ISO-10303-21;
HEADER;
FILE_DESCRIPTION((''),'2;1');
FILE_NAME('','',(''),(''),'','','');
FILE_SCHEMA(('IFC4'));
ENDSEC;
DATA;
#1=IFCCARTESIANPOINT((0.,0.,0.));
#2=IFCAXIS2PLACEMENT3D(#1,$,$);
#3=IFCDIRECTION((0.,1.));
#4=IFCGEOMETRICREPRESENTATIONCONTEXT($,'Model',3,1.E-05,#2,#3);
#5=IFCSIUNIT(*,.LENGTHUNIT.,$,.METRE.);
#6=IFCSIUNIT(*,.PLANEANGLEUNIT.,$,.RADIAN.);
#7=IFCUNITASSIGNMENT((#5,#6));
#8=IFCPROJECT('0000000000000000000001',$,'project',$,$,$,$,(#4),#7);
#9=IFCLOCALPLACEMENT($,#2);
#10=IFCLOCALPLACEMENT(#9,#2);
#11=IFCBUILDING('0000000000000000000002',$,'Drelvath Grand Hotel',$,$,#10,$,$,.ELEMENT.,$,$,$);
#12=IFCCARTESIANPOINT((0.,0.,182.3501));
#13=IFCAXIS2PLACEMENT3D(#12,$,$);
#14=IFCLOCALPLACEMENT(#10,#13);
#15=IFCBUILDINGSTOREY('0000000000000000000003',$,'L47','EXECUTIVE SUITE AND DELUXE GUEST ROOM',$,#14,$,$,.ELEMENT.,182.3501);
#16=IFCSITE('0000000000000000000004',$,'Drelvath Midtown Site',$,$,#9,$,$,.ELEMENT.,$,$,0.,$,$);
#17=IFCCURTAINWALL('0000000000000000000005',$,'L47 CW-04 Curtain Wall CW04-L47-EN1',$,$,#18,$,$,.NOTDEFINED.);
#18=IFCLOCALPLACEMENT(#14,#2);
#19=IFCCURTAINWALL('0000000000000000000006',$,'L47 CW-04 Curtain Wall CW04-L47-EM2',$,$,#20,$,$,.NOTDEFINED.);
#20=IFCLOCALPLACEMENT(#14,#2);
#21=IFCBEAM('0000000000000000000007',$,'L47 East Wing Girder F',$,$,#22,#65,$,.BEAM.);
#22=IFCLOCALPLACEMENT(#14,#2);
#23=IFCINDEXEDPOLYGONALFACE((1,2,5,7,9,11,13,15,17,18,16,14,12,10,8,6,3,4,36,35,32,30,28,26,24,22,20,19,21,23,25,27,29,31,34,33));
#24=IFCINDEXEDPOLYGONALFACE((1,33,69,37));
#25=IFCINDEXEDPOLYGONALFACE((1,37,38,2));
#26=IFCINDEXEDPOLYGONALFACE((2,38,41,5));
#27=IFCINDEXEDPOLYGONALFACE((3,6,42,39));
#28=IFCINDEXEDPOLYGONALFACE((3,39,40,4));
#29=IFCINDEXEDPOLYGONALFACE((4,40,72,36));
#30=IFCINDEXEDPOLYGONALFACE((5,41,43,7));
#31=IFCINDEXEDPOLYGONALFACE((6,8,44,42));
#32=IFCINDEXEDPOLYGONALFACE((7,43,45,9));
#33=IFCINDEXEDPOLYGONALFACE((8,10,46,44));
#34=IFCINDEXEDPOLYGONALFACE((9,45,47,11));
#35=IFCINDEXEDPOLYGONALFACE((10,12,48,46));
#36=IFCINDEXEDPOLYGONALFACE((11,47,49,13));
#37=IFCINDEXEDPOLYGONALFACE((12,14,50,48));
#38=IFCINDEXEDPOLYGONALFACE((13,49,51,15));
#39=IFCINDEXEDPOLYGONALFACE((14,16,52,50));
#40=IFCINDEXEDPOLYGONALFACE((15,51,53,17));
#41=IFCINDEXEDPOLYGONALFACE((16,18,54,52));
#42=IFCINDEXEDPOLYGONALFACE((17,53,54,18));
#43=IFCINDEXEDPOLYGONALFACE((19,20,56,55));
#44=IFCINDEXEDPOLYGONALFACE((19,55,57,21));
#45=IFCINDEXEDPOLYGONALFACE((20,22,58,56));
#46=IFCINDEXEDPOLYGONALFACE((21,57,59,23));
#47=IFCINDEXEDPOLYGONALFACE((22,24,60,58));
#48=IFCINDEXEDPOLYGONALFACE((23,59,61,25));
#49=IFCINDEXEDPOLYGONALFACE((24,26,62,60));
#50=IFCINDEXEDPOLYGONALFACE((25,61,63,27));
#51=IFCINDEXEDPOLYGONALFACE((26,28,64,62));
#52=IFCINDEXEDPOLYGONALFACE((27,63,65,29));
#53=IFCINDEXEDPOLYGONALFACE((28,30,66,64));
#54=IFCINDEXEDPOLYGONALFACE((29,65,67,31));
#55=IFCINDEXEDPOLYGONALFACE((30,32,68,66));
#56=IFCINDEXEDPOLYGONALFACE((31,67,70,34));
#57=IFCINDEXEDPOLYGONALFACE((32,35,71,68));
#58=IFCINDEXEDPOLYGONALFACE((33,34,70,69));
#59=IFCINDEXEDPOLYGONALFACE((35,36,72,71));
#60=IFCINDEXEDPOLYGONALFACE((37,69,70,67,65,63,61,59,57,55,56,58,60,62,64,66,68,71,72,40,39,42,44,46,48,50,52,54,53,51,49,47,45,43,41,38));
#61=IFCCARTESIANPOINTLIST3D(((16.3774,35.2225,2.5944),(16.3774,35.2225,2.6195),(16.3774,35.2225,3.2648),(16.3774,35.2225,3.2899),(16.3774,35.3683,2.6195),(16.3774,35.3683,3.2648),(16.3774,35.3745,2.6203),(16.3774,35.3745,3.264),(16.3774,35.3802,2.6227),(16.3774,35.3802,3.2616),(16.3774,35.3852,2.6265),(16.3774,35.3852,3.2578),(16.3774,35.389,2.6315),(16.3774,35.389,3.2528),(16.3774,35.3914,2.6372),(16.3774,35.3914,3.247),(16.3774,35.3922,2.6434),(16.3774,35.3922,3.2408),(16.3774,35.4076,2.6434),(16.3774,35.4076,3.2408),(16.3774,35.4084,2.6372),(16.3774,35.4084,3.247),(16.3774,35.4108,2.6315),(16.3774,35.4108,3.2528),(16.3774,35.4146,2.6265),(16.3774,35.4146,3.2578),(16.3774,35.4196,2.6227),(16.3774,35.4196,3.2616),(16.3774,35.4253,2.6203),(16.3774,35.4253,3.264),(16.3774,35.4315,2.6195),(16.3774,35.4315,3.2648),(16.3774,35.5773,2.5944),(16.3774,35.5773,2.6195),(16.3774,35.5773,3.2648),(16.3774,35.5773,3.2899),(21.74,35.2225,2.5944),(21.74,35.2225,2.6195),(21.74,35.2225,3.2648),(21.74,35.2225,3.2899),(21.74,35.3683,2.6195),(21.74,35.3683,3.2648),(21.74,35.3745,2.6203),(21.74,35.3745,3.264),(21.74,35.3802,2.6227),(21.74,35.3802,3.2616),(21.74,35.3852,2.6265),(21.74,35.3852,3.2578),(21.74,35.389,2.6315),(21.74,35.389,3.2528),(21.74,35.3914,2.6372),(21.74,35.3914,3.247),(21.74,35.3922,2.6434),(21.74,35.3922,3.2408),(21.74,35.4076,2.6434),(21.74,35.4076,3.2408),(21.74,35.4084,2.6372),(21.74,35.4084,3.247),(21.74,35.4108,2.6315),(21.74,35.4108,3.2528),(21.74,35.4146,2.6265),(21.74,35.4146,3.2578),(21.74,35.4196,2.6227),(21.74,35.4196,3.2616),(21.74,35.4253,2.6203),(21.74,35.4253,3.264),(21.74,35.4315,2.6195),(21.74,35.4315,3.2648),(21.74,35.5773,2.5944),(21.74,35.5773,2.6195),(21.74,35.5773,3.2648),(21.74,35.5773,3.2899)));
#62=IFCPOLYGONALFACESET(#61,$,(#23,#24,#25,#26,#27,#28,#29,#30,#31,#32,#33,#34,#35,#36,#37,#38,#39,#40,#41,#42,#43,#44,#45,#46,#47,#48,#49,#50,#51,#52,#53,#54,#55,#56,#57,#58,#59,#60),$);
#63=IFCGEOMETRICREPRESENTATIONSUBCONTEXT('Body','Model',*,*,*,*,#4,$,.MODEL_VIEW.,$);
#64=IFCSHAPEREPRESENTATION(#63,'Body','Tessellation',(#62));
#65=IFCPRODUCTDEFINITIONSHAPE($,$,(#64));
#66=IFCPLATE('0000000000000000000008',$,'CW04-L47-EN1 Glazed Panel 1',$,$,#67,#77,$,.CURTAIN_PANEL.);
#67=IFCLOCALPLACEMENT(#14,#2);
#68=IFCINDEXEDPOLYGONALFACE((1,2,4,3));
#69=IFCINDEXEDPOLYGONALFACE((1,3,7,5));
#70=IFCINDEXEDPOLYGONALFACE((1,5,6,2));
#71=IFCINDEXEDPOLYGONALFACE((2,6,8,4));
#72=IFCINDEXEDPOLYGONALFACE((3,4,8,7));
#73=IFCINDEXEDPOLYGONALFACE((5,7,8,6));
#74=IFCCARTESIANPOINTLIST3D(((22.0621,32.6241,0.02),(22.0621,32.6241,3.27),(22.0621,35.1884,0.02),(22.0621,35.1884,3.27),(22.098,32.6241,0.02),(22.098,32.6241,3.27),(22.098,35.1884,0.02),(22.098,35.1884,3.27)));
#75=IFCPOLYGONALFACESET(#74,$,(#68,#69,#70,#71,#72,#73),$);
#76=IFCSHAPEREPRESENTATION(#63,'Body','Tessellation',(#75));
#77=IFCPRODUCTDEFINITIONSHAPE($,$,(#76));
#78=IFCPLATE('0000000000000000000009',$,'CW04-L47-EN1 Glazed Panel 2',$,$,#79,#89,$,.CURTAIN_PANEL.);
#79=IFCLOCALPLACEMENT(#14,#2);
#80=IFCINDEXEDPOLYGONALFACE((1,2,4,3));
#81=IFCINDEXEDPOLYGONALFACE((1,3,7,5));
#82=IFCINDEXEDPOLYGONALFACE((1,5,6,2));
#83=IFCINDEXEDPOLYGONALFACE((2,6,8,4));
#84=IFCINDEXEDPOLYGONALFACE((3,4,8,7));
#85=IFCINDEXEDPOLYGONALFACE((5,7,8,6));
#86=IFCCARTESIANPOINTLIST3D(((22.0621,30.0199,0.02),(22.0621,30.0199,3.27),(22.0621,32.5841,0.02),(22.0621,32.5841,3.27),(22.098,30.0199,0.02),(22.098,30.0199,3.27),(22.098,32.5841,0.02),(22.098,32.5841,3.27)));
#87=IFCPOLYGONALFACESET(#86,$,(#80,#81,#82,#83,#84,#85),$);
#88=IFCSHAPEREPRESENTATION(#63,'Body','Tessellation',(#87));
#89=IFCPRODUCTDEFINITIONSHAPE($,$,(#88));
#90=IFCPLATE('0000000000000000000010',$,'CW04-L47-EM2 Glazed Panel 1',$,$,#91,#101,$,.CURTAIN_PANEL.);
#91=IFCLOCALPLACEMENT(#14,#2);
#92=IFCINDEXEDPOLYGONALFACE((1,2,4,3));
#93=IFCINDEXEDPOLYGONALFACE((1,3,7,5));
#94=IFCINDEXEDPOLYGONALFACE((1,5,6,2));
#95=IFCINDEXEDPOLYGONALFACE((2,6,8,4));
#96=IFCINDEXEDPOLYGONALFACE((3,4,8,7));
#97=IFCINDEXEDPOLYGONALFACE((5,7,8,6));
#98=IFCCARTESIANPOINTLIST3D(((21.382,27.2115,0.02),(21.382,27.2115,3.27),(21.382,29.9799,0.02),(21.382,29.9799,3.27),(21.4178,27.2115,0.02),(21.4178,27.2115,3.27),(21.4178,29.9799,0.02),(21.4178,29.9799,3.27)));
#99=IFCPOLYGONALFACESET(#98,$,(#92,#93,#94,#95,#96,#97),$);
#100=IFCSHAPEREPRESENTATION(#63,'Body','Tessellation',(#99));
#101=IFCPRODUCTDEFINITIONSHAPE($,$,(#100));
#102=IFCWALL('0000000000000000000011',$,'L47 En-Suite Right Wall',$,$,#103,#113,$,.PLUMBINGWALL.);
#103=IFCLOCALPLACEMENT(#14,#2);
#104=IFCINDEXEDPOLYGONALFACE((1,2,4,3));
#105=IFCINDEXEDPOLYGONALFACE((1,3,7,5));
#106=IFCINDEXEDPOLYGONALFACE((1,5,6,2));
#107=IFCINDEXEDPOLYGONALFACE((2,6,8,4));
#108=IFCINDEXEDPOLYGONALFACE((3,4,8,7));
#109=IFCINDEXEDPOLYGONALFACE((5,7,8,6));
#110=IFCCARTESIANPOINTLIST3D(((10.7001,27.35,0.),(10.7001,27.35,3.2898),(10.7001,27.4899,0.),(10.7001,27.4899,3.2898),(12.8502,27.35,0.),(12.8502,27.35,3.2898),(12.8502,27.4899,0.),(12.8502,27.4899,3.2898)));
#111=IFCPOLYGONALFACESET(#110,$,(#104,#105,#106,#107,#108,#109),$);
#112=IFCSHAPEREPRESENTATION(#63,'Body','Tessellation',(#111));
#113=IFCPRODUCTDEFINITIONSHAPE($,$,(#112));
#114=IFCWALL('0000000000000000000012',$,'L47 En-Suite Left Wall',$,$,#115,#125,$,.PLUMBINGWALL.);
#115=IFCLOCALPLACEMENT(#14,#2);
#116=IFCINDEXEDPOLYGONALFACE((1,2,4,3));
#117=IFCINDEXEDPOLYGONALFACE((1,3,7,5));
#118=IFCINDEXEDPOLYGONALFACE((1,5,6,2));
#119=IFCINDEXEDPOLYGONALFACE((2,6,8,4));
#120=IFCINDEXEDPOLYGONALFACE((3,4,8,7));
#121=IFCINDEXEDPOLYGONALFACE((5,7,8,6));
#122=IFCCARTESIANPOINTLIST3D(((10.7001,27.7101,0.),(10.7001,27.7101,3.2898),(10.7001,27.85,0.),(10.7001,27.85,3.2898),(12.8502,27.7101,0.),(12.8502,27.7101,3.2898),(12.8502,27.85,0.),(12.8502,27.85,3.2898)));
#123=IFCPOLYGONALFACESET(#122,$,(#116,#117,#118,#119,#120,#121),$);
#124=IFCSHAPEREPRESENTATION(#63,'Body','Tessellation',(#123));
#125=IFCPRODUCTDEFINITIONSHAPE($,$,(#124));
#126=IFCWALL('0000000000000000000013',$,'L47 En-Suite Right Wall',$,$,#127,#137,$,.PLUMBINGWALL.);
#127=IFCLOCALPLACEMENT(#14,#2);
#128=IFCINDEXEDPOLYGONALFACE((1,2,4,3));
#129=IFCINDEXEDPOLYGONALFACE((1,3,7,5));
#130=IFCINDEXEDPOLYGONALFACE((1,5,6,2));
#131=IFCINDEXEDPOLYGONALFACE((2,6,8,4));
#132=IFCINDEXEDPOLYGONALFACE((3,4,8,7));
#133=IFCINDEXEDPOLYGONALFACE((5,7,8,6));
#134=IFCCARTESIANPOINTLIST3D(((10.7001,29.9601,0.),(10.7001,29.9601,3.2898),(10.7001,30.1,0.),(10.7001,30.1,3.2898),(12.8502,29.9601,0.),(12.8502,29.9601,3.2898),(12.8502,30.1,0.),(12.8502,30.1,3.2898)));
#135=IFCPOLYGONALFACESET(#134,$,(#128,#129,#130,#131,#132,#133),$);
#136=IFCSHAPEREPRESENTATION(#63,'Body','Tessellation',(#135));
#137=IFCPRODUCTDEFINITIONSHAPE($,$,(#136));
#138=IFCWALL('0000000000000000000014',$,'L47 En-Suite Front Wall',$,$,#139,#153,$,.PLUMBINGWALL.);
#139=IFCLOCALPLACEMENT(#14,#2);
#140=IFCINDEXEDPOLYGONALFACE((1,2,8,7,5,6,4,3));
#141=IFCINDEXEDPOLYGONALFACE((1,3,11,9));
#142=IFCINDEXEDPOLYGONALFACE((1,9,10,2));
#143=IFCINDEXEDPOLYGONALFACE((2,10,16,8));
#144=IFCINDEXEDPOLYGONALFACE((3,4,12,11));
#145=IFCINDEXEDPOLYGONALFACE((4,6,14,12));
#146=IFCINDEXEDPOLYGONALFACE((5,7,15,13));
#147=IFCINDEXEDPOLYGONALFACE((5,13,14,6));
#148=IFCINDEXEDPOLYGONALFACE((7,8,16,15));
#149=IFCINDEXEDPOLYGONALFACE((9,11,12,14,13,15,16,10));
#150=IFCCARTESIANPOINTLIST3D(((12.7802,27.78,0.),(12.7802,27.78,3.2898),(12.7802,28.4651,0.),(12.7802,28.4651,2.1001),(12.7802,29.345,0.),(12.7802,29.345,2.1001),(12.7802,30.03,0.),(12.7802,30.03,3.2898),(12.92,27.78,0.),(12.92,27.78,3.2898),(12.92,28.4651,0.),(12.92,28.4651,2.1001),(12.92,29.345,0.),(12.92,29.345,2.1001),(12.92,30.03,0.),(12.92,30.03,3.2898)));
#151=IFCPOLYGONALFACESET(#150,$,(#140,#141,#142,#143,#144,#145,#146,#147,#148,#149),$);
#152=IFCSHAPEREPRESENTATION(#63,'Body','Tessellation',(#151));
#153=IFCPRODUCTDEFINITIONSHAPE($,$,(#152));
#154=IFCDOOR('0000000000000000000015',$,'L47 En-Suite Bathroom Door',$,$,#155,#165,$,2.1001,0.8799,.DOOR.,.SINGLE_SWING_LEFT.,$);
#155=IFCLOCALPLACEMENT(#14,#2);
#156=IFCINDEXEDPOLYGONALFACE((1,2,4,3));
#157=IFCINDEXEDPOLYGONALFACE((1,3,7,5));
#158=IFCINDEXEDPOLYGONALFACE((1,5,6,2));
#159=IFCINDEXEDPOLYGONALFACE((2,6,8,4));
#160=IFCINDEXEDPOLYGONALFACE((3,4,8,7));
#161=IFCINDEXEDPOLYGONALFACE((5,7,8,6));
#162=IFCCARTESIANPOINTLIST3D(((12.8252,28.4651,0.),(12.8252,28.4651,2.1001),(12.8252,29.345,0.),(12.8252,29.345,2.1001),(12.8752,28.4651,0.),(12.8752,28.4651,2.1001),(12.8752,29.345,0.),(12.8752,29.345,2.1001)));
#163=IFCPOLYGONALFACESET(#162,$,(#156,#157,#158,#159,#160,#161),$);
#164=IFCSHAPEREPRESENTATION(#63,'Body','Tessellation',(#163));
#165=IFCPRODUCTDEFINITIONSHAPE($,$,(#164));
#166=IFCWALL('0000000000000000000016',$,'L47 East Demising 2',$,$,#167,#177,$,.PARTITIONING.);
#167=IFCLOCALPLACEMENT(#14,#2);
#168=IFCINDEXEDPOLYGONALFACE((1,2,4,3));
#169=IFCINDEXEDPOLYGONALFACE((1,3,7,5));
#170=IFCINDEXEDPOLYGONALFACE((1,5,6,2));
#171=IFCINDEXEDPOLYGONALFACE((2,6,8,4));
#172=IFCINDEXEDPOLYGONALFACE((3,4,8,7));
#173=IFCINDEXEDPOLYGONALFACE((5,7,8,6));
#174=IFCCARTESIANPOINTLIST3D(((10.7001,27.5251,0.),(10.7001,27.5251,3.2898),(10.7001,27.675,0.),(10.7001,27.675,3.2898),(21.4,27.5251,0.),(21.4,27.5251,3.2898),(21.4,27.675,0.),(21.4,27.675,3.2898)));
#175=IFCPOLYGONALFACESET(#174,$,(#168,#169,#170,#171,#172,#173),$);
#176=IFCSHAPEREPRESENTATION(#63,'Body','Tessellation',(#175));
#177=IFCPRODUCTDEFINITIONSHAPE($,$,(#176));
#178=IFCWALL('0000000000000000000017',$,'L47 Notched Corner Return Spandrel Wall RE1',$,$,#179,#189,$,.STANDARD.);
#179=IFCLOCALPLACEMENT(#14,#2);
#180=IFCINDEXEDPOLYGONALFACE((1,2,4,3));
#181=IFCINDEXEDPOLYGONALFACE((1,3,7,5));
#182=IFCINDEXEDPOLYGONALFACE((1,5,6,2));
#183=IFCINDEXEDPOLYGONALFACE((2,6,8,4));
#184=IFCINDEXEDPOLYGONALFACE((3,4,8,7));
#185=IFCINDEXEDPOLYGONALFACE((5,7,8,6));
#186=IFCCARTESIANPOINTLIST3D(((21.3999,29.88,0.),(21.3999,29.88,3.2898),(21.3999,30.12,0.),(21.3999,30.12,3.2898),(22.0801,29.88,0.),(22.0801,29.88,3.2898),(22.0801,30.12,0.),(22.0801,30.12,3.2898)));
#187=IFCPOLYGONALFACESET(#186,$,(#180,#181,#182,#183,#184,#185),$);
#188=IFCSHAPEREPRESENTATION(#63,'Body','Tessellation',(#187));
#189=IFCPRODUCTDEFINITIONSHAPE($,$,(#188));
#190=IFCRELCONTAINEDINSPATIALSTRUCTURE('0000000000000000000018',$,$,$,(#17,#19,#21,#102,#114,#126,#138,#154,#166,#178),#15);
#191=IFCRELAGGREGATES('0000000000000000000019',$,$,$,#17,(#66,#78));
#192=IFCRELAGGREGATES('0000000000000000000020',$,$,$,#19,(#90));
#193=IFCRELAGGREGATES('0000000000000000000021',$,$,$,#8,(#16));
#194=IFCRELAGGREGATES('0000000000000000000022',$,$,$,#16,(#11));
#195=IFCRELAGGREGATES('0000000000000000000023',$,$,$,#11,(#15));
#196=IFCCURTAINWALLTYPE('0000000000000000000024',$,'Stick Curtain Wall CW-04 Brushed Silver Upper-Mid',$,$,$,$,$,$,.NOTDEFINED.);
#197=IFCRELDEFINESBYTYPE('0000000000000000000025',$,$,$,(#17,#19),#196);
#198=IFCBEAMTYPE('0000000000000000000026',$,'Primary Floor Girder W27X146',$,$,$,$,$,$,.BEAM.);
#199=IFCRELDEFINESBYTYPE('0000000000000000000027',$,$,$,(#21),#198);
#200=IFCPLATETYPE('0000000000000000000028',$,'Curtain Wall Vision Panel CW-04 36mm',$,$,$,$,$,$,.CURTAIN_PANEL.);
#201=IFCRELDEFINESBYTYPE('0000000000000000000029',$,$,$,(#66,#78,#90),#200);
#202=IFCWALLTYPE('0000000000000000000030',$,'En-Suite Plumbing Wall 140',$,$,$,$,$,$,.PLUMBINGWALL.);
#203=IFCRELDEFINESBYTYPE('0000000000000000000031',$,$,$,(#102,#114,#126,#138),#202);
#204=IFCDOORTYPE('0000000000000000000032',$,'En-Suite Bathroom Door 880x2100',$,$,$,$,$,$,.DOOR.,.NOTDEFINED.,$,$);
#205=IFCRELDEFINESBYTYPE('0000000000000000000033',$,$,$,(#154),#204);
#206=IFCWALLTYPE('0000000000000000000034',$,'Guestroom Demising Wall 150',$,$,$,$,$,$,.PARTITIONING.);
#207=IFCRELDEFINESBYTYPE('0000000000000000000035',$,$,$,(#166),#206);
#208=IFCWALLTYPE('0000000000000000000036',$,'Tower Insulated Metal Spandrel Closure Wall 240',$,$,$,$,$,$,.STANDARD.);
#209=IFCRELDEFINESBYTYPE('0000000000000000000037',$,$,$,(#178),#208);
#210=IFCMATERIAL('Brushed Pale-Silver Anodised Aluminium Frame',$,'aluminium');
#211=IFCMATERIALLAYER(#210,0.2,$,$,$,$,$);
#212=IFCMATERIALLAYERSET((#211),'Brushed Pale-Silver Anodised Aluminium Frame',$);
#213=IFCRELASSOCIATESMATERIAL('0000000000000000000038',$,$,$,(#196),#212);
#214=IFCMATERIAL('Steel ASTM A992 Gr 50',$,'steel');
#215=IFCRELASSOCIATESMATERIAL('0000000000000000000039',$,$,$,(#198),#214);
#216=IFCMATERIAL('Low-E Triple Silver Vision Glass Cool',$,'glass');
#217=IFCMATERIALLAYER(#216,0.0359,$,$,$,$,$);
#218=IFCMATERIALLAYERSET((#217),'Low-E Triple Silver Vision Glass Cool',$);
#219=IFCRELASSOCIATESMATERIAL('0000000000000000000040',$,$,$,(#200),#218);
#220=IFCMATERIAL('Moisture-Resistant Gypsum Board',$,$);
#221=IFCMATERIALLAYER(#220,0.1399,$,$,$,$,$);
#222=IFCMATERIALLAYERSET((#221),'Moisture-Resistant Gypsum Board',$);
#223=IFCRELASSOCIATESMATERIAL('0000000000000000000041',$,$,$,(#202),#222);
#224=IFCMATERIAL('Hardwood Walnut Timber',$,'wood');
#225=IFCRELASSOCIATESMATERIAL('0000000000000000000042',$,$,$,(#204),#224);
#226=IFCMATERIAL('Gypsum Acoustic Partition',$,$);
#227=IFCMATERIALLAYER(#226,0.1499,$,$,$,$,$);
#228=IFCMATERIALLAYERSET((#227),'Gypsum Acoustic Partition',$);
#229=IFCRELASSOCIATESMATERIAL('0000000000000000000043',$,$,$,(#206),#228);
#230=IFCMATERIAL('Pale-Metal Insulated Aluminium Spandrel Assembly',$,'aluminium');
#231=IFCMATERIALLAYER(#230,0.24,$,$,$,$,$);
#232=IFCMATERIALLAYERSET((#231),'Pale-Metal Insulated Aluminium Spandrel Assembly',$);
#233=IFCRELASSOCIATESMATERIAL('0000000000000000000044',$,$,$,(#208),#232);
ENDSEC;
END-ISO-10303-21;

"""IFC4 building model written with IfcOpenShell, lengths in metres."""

from ifc_helpers import new_model, si_unit, direction, frame, frame_2d, origin, origin_2d, place, context, subcontext, project, spatial, rectangle, i_section, extrude, material, layer, layer_set, material_profile, profile_set, type_object, element, fill, aggregate, save


model = new_model("IFC4")

# Units and contexts
model_context = context("Model", 3, precision=1e-05, world=origin(), true_north=direction((0.0, 1.0)))
body_context = subcontext(model_context, "Body", "Model", "MODEL_VIEW")
ifc_project = project(units=[si_unit("LENGTHUNIT", "METRE"), si_unit("PLANEANGLEUNIT", "RADIAN")], contexts=[model_context])

# Site, building, storey
site_placement = place(None, origin())
site = spatial("IfcSite", under=ifc_project, at=site_placement, Name="Drelvath Midtown Site", CompositionType="ELEMENT", RefElevation=0.0)
building_placement = place(site_placement, origin())
building = spatial("IfcBuilding", under=site, at=building_placement, Name="Drelvath Grand Hotel", CompositionType="ELEMENT")
storey_placement = place(building_placement, frame((0.0, 0.0, 182.3501)))
storey = spatial("IfcBuildingStorey", under=building, at=storey_placement, Name="L47", Description="EXECUTIVE SUITE AND DELUXE GUEST ROOM", CompositionType="ELEMENT", Elevation=182.3501)

# Curtain walls
ifc_material_1 = material(Name="Brushed Pale-Silver Anodised Aluminium Frame", Category="aluminium")
ifc_layer_1 = layer(ifc_material_1, 0.2)
ifc_layer_set_1 = layer_set([ifc_layer_1], Name="Brushed Pale-Silver Anodised Aluminium Frame")
curtain_wall_type = type_object("IfcCurtainWallType", Name="Stick Curtain Wall CW-04 Brushed Silver Upper-Mid", PredefinedType="NOTDEFINED", material=ifc_layer_set_1)
curtain_wall_1_placement = place(storey_placement, origin())
curtain_wall_1 = element("IfcCurtainWall", 1, at=curtain_wall_1_placement, inside=storey, type_object=curtain_wall_type, Name="L47 CW-04 Curtain Wall CW04-L47-EN1", PredefinedType="NOTDEFINED")
curtain_wall_2_placement = place(storey_placement, origin())
curtain_wall_2 = element("IfcCurtainWall", 2, at=curtain_wall_2_placement, inside=storey, type_object=curtain_wall_type, Name="L47 CW-04 Curtain Wall CW04-L47-EM2", PredefinedType="NOTDEFINED")

# Beam
ifc_material_2 = material(Name="Steel ASTM A992 Gr 50", Category="steel")
ifc_material_profile_1 = material_profile(ifc_material_2, i_section(OverallWidth=0.3547, OverallDepth=0.6956, WebThickness=0.0154, FlangeThickness=0.0251, FilletRadius=0.0239, at=origin_2d()), Name="W27X146")
ifc_profile_set_1 = profile_set([ifc_material_profile_1], Name="Steel ASTM A992 Gr 50")
beam_type_1 = type_object("IfcBeamType", Name="Primary Floor Girder W27X146", PredefinedType="BEAM", material=ifc_profile_set_1)
beam_1_placement = place(storey_placement, frame((16.3774, 35.3999, 2.9421), z_axis=(1.0, 0.0, 0.0), x_axis=(0.0, 1.0, 0.0)))
element("IfcBeam", 3, at=beam_1_placement, inside=storey, type_object=beam_type_1, Name="L47 East Wing Girder F", PredefinedType="BEAM", context=body_context, shape_type="SweptSolid", body=[
    extrude(i_section(OverallWidth=0.3547, OverallDepth=0.6956, WebThickness=0.0154, FlangeThickness=0.0251, FilletRadius=0.0239, at=origin_2d()), origin(), (0.0, 0.0, 1.0), 5.3625),
])

# Plates
ifc_material_3 = material(Name="Low-E Triple Silver Vision Glass Cool", Category="glass")
ifc_layer_2 = layer(ifc_material_3, 0.0359)
ifc_layer_set_2 = layer_set([ifc_layer_2], Name="Low-E Triple Silver Vision Glass Cool")
plate_type = type_object("IfcPlateType", Name="Curtain Wall Vision Panel CW-04 36mm", PredefinedType="CURTAIN_PANEL", material=ifc_layer_set_2)
plate_1_placement = place(storey_placement, frame((22.0801, 33.9062, 0.02), z_axis=(0.0, 0.0, 1.0), x_axis=(0.0, -1.0, 0.0)))
plate_1 = element("IfcPlate", 4, at=plate_1_placement, type_object=plate_type, Name="CW04-L47-EN1 Glazed Panel 1", PredefinedType="CURTAIN_PANEL", context=body_context, shape_type="SweptSolid", body=[
    extrude(rectangle(XDim=2.5642, YDim=0.0359, at=origin_2d()), origin(), (0.0, 0.0, 1.0), 3.25),
])
plate_2_placement = place(storey_placement, frame((22.0801, 31.302, 0.02), z_axis=(0.0, 0.0, 1.0), x_axis=(0.0, -1.0, 0.0)))
plate_2 = element("IfcPlate", 5, at=plate_2_placement, type_object=plate_type, Name="CW04-L47-EN1 Glazed Panel 2", PredefinedType="CURTAIN_PANEL", context=body_context, shape_type="SweptSolid", body=[
    extrude(rectangle(XDim=2.5642, YDim=0.0359, at=origin_2d()), origin(), (0.0, 0.0, 1.0), 3.25),
])
aggregate(curtain_wall_1, [plate_1, plate_2])
plate_3_placement = place(storey_placement, frame((21.3999, 28.5957, 0.02), z_axis=(0.0, 0.0, 1.0), x_axis=(0.0, -1.0, 0.0)))
plate_3 = element("IfcPlate", 6, at=plate_3_placement, type_object=plate_type, Name="CW04-L47-EM2 Glazed Panel 1", PredefinedType="CURTAIN_PANEL", context=body_context, shape_type="SweptSolid", body=[
    extrude(rectangle(XDim=2.7683, YDim=0.0359, at=origin_2d()), origin(), (0.0, 0.0, 1.0), 3.25),
])
aggregate(curtain_wall_2, [plate_3])

# Walls
ifc_material_4 = material(Name="Moisture-Resistant Gypsum Board")
ifc_layer_3 = layer(ifc_material_4, 0.1399)
ifc_layer_set_3 = layer_set([ifc_layer_3], Name="Moisture-Resistant Gypsum Board")
wall_type_1 = type_object("IfcWallType", Name="En-Suite Plumbing Wall 140", PredefinedType="PLUMBINGWALL", material=ifc_layer_set_3)
for number, where, z_axis, x_axis, name in (
    (7, (10.7, 27.4199, 0.0), (0.0, 0.0, 1.0), (1.0, 0.0, 0.0), "L47 En-Suite Right Wall"),
    (8, (10.7, 27.78, 0.0), (0.0, 0.0, 1.0), (1.0, 0.0, 0.0), "L47 En-Suite Left Wall"),
    (9, (10.7, 30.03, 0.0), (0.0, 0.0, 1.0), (1.0, 0.0, 0.0), "L47 En-Suite Right Wall"),
):
    element("IfcWall", number, at=place(storey_placement, frame(where, z_axis=z_axis, x_axis=x_axis)), inside=storey, type_object=wall_type_1, Name=name, PredefinedType="PLUMBINGWALL", context=body_context, shape_type="SweptSolid", body=[
        extrude(rectangle(XDim=2.1501, YDim=0.1399, at=frame_2d((1.0752, 0.0))), origin(), (0.0, 0.0, 1.0), 3.2898),
    ])

# Wall, opening, door
wall_1_placement = place(storey_placement, frame((12.8501, 27.78, 0.0), z_axis=(0.0, 0.0, 1.0), x_axis=(0.0, 1.0, 0.0)))
wall_1 = element("IfcWall", 10, at=wall_1_placement, inside=storey, type_object=wall_type_1, Name="L47 En-Suite Front Wall", PredefinedType="PLUMBINGWALL", context=body_context, shape_type="SweptSolid", body=[
    extrude(rectangle(XDim=2.25, YDim=0.1399, at=frame_2d((1.125, 0.0))), origin(), (0.0, 0.0, 1.0), 3.2898),
])
opening_placement = place(wall_1_placement, frame((0.6851, 0.0, 0.0)))
opening = element("IfcOpeningElement", 11, at=opening_placement, cuts=wall_1, PredefinedType="OPENING", context=body_context, shape_type="SweptSolid", body=[
    extrude(rectangle(XDim=0.8799, YDim=2.1001, at=frame_2d((0.4399, 1.05))), frame((0.0, 0.0798, 0.0), z_axis=(0.0, -1.0, 0.0), x_axis=(1.0, 0.0, 0.0)), (0.0, 0.0, 1.0), 0.1599),
])
ifc_material_5 = material(Name="Hardwood Walnut Timber", Category="wood")
door_type = type_object("IfcDoorType", Name="En-Suite Bathroom Door 880x2100", OperationType="NOTDEFINED", PredefinedType="DOOR", material=ifc_material_5)
door_placement = place(opening_placement, origin())
door = element("IfcDoor", 12, at=door_placement, inside=storey, type_object=door_type, Name="L47 En-Suite Bathroom Door", OperationType="SINGLE_SWING_LEFT", OverallHeight=2.1001, OverallWidth=0.8799, PredefinedType="DOOR", context=body_context, shape_type="SweptSolid", body=[
    extrude(rectangle(XDim=0.8799, YDim=2.1001, at=frame_2d((0.4399, 1.05))), frame((0.0, 0.0249, 0.0), z_axis=(0.0, -1.0, 0.0), x_axis=(1.0, 0.0, 0.0)), (0.0, 0.0, 1.0), 0.05),
])
fill(opening, door)

# Walls
ifc_material_6 = material(Name="Gypsum Acoustic Partition")
ifc_layer_4 = layer(ifc_material_6, 0.1499)
ifc_layer_set_4 = layer_set([ifc_layer_4], Name="Gypsum Acoustic Partition")
wall_type_2 = type_object("IfcWallType", Name="Guestroom Demising Wall 150", PredefinedType="PARTITIONING", material=ifc_layer_set_4)
wall_2_placement = place(storey_placement, frame((10.7, 27.6001, 0.0), z_axis=(0.0, 0.0, 1.0), x_axis=(1.0, 0.0, 0.0)))
element("IfcWall", 13, at=wall_2_placement, inside=storey, type_object=wall_type_2, Name="L47 East Demising 2", PredefinedType="PARTITIONING", context=body_context, shape_type="SweptSolid", body=[
    extrude(rectangle(XDim=10.7, YDim=0.1499, at=frame_2d((5.3501, 0.0))), origin(), (0.0, 0.0, 1.0), 3.2898),
])
ifc_material_7 = material(Name="Pale-Metal Insulated Aluminium Spandrel Assembly", Category="aluminium")
ifc_layer_5 = layer(ifc_material_7, 0.24)
ifc_layer_set_5 = layer_set([ifc_layer_5], Name="Pale-Metal Insulated Aluminium Spandrel Assembly")
wall_type_3 = type_object("IfcWallType", Name="Tower Insulated Metal Spandrel Closure Wall 240", PredefinedType="STANDARD", material=ifc_layer_set_5)
wall_3_placement = place(storey_placement, frame((22.0801, 30.0, 0.0), z_axis=(0.0, 0.0, 1.0), x_axis=(-1.0, 0.0, 0.0)))
element("IfcWall", 14, at=wall_3_placement, inside=storey, type_object=wall_type_3, Name="L47 Notched Corner Return Spandrel Wall RE1", PredefinedType="STANDARD", context=body_context, shape_type="SweptSolid", body=[
    extrude(rectangle(XDim=0.6802, YDim=0.24, at=frame_2d((0.3401, 0.0))), origin(), (0.0, 0.0, 1.0), 3.2898),
])

save(model, "model.ifc")
